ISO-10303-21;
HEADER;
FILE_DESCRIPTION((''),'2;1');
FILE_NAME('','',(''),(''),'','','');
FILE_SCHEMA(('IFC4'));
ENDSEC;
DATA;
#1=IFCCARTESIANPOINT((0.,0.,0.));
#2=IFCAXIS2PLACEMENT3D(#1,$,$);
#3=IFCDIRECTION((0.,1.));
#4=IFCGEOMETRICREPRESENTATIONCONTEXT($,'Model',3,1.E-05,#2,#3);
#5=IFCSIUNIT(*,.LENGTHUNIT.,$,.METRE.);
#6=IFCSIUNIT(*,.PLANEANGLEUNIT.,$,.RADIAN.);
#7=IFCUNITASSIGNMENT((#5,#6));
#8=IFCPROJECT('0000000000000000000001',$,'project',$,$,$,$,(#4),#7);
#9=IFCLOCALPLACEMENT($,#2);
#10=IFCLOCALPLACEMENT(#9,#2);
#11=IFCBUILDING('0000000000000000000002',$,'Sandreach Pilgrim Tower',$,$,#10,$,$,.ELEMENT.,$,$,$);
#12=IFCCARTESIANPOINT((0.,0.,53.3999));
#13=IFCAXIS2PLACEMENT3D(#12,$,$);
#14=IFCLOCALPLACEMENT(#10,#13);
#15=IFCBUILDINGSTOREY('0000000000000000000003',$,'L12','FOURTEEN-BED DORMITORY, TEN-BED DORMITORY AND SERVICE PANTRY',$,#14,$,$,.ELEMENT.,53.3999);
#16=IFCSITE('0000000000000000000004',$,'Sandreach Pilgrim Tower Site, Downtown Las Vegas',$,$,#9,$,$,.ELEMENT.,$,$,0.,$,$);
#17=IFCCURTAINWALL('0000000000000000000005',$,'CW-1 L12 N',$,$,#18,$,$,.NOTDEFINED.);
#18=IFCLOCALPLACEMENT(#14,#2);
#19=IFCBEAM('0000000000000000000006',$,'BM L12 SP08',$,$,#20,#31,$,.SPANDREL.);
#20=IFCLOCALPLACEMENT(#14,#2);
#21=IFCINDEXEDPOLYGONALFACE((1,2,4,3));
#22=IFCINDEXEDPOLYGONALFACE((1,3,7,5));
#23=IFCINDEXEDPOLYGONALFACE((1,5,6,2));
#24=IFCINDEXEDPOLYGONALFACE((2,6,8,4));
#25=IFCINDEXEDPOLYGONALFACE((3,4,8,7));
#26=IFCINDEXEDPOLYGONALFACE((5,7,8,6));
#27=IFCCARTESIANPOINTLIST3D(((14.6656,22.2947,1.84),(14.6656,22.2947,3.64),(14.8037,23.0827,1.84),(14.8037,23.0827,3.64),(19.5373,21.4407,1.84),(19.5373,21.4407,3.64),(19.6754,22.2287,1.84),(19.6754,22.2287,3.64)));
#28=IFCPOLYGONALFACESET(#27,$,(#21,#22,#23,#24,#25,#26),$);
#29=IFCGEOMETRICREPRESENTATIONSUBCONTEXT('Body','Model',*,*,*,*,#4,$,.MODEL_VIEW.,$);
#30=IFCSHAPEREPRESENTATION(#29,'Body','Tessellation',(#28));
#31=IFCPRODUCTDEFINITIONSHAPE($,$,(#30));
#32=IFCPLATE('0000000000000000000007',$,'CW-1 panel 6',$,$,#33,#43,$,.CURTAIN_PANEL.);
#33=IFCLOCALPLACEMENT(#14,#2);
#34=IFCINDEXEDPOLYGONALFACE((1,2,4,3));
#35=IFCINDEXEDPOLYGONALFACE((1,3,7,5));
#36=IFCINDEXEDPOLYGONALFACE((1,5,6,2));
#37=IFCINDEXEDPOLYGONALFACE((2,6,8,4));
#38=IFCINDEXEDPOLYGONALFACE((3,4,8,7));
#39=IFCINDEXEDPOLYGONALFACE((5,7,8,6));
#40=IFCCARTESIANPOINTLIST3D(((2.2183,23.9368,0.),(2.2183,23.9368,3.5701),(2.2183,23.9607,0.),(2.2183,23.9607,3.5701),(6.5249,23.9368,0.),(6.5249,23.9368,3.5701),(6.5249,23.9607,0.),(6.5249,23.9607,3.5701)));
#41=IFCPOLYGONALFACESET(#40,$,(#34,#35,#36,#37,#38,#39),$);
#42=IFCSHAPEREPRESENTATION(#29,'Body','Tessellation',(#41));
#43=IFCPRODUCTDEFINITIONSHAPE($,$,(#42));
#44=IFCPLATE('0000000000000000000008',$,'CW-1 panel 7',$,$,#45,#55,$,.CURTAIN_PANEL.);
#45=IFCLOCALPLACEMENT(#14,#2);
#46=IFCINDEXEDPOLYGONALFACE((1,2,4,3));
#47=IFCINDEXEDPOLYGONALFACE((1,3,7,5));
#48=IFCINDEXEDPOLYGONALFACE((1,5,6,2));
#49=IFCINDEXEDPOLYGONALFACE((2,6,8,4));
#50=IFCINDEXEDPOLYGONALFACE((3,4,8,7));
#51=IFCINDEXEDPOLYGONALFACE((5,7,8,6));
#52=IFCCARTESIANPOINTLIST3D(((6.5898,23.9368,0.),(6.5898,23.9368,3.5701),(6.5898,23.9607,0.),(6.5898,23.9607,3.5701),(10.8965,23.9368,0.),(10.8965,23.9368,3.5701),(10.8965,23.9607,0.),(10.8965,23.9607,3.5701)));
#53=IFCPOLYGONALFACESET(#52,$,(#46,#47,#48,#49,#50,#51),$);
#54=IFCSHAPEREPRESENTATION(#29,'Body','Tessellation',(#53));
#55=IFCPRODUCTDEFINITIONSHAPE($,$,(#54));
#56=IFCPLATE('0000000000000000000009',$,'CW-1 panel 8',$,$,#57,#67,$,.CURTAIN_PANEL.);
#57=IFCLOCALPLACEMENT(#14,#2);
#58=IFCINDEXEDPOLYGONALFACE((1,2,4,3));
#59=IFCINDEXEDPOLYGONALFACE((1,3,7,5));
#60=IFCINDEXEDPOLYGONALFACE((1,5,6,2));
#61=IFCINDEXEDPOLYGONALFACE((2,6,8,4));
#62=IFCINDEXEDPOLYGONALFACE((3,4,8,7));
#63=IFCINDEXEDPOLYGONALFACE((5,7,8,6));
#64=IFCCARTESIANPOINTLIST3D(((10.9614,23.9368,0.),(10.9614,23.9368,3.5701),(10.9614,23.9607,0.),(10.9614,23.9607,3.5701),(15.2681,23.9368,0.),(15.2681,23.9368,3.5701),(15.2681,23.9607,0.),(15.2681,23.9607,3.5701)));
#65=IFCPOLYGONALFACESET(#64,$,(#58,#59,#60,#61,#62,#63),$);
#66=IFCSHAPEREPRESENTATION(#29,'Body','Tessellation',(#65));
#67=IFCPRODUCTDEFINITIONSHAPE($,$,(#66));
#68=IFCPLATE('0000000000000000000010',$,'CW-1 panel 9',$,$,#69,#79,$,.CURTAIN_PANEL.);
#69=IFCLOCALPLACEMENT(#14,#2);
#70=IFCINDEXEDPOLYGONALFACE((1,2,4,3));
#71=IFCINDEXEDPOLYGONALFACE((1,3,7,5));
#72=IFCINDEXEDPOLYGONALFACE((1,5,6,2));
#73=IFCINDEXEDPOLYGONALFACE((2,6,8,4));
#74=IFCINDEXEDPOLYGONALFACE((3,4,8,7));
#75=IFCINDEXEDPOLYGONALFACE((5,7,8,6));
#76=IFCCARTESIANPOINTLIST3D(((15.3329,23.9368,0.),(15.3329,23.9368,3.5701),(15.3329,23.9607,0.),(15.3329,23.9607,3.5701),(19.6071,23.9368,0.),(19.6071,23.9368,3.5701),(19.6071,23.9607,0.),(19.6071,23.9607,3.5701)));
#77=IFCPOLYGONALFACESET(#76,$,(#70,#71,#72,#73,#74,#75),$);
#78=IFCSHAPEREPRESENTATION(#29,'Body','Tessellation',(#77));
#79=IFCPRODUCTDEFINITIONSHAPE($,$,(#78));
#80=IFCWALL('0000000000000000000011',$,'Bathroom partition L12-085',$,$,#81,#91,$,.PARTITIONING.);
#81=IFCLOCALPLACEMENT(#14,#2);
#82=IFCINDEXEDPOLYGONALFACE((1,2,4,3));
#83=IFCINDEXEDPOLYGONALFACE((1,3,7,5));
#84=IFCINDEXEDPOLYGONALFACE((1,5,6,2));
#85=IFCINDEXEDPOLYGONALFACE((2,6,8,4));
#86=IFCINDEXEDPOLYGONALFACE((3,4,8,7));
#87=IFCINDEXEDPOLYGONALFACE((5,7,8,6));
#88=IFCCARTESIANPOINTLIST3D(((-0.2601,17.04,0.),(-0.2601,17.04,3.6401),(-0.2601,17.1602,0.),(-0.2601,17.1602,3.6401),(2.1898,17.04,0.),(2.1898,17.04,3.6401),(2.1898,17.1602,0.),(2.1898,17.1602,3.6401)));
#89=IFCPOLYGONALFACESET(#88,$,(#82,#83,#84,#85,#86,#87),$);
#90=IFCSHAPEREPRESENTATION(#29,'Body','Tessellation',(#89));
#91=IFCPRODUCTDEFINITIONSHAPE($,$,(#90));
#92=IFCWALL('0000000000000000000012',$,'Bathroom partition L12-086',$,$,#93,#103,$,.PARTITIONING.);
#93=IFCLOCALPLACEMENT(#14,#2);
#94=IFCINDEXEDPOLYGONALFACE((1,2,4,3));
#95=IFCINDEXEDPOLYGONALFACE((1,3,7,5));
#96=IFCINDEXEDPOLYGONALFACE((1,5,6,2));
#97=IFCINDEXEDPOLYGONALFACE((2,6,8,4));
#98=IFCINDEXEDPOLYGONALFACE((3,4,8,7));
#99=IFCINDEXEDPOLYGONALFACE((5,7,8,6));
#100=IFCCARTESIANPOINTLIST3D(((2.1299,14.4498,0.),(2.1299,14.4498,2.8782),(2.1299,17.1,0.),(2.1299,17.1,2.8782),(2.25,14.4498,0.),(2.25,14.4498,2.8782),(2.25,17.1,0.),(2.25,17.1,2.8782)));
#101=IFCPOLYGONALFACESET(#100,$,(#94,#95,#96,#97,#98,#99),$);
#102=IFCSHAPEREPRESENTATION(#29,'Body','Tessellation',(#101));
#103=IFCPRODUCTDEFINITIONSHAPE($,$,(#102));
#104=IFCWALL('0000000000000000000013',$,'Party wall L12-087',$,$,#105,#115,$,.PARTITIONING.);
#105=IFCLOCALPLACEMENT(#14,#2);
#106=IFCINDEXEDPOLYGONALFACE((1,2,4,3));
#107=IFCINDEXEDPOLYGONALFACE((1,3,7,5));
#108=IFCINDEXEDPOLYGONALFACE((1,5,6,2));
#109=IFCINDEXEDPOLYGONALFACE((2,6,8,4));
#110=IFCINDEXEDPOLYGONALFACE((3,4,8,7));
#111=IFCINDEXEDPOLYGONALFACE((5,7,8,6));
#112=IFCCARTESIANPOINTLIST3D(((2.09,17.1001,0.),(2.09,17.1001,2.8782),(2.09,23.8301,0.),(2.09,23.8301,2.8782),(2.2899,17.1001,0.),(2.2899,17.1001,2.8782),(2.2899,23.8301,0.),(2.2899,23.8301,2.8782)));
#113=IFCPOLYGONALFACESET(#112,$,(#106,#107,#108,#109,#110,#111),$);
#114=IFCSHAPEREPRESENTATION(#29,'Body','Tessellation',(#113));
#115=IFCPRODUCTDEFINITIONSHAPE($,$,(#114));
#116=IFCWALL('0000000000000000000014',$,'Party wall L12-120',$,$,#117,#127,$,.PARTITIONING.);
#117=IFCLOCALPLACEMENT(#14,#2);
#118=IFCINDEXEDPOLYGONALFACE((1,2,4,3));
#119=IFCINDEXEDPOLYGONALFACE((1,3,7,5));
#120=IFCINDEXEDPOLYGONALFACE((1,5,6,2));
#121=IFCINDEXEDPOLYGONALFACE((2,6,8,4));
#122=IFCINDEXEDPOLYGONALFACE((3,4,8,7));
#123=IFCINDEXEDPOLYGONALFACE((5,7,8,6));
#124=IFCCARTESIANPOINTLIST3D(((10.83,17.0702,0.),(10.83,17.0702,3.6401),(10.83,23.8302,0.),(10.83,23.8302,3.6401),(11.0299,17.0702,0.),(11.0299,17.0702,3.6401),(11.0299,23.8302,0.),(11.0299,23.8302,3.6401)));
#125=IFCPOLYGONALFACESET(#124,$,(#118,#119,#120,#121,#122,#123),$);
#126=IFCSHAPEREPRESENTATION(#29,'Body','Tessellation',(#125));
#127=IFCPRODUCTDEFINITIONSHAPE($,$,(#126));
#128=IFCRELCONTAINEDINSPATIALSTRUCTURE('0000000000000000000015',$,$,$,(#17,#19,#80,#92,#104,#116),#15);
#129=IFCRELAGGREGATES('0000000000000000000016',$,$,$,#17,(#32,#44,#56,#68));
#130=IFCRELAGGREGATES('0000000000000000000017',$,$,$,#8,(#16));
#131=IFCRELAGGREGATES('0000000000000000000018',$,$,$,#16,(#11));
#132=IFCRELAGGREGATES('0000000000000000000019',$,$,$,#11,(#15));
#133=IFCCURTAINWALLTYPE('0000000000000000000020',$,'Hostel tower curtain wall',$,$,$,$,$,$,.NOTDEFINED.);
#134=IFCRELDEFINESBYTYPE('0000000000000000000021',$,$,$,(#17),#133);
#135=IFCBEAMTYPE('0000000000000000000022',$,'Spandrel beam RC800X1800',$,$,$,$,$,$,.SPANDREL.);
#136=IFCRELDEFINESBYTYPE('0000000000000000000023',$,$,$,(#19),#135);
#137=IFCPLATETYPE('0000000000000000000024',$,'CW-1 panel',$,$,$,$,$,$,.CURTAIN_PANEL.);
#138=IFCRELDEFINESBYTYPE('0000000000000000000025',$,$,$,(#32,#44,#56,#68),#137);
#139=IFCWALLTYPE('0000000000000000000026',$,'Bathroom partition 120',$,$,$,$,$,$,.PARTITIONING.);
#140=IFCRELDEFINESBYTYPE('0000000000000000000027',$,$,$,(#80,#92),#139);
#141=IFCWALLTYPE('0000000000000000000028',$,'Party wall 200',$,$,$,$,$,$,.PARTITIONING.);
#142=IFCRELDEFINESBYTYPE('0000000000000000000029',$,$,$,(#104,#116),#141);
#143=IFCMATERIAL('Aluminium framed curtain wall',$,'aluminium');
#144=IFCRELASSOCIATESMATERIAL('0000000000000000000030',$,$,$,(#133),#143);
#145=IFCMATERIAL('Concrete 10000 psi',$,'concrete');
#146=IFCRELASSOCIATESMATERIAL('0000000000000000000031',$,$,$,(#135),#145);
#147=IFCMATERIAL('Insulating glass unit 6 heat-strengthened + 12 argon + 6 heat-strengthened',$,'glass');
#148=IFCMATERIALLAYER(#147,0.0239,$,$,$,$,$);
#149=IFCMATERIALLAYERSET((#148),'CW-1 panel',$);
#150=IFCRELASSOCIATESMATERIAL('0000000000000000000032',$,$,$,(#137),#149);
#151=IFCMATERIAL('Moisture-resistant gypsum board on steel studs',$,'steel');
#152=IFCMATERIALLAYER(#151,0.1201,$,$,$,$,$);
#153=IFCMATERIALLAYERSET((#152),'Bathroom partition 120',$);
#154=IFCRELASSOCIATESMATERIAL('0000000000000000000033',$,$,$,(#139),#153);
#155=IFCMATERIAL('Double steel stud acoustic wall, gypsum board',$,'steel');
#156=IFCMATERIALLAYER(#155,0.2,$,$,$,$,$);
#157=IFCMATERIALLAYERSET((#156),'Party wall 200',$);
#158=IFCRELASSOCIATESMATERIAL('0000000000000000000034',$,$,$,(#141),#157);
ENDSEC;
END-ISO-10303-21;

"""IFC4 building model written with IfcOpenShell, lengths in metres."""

from ifc_helpers import new_model, si_unit, direction, frame, frame_2d, origin, origin_2d, place, context, subcontext, project, spatial, rectangle, extrude, material, layer, layer_set, material_profile, profile_set, type_object, element, aggregate, save


model = new_model("IFC4")

# Units and contexts
model_context = context("Model", 3, precision=1e-05, world=origin(), true_north=direction((0.0, 1.0)))
body_context = subcontext(model_context, "Body", "Model", "MODEL_VIEW")
ifc_project = project(units=[si_unit("LENGTHUNIT", "METRE"), si_unit("PLANEANGLEUNIT", "RADIAN")], contexts=[model_context])

# Site, building, storey
site_placement = place(None, origin())
site = spatial("IfcSite", under=ifc_project, at=site_placement, Name="Sandreach Pilgrim Tower Site, Downtown Las Vegas", CompositionType="ELEMENT", RefElevation=0.0)
building_placement = place(site_placement, origin())
building = spatial("IfcBuilding", under=site, at=building_placement, Name="Sandreach Pilgrim Tower", CompositionType="ELEMENT")
storey_placement = place(building_placement, frame((0.0, 0.0, 53.3999)))
storey = spatial("IfcBuildingStorey", under=building, at=storey_placement, Name="L12", Description="FOURTEEN-BED DORMITORY, TEN-BED DORMITORY AND SERVICE PANTRY", CompositionType="ELEMENT", Elevation=53.3999)

# Curtain wall
ifc_material_1 = material(Name="Aluminium framed curtain wall", Category="aluminium")
curtain_wall_type = type_object("IfcCurtainWallType", Name="Hostel tower curtain wall", PredefinedType="NOTDEFINED", material=ifc_material_1)
curtain_wall_placement = place(storey_placement, origin())
curtain_wall = element("IfcCurtainWall", 1, at=curtain_wall_placement, inside=storey, type_object=curtain_wall_type, Name="CW-1 L12 N", PredefinedType="NOTDEFINED")

# Beam
ifc_material_2 = material(Name="Concrete 10000 psi", Category="concrete")
ifc_material_profile_1 = material_profile(ifc_material_2, rectangle(XDim=0.8, YDim=1.8, at=origin_2d()), Name="RC800X1800")
ifc_profile_set_1 = profile_set([ifc_material_profile_1], Name="Concrete 10000 psi")
beam_type_1 = type_object("IfcBeamType", Name="Spandrel beam RC800X1800", PredefinedType="SPANDREL", material=ifc_profile_set_1)
beam_1_placement = place(storey_placement, frame((14.7346, 22.6887, 2.74), z_axis=(0.984981, -0.172662, 0.0), x_axis=(0.172662, 0.984981, 0.0)))
element("IfcBeam", 2, at=beam_1_placement, inside=storey, type_object=beam_type_1, Name="BM L12 SP08", PredefinedType="SPANDREL", context=body_context, shape_type="SweptSolid", body=[
    extrude(rectangle(XDim=0.8, YDim=1.8, at=origin_2d()), origin(), (0.0, 0.0, 1.0), 4.946),
])

# Plates
ifc_material_3 = material(Name="Insulating glass unit 6 heat-strengthened + 12 argon + 6 heat-strengthened", Category="glass")
ifc_layer_1 = layer(ifc_material_3, 0.0239)
ifc_layer_set_1 = layer_set([ifc_layer_1], Name="CW-1 panel")
plate_type = type_object("IfcPlateType", Name="CW-1 panel", PredefinedType="CURTAIN_PANEL", material=ifc_layer_set_1)
plate_1_placement = place(storey_placement, frame((4.3716, 23.9487, 0.0), z_axis=(0.0, 0.0, 1.0), x_axis=(1.0, 0.0, 0.0)))
plate_1 = element("IfcPlate", 3, at=plate_1_placement, type_object=plate_type, Name="CW-1 panel 6", PredefinedType="CURTAIN_PANEL", context=body_context, shape_type="SweptSolid", body=[
    extrude(rectangle(XDim=4.3066, YDim=0.0239, at=origin_2d()), origin(), (0.0, 0.0, 1.0), 3.5701),
])
plate_2_placement = place(storey_placement, frame((8.7432, 23.9487, 0.0), z_axis=(0.0, 0.0, 1.0), x_axis=(1.0, 0.0, 0.0)))
plate_2 = element("IfcPlate", 4, at=plate_2_placement, type_object=plate_type, Name="CW-1 panel 7", PredefinedType="CURTAIN_PANEL", context=body_context, shape_type="SweptSolid", body=[
    extrude(rectangle(XDim=4.3066, YDim=0.0239, at=origin_2d()), origin(), (0.0, 0.0, 1.0), 3.5701),
])
plate_3_placement = place(storey_placement, frame((13.1147, 23.9487, 0.0), z_axis=(0.0, 0.0, 1.0), x_axis=(1.0, 0.0, 0.0)))
plate_3 = element("IfcPlate", 5, at=plate_3_placement, type_object=plate_type, Name="CW-1 panel 8", PredefinedType="CURTAIN_PANEL", context=body_context, shape_type="SweptSolid", body=[
    extrude(rectangle(XDim=4.3066, YDim=0.0239, at=origin_2d()), origin(), (0.0, 0.0, 1.0), 3.5701),
])
plate_4_placement = place(storey_placement, frame((17.47, 23.9487, 0.0), z_axis=(0.0, 0.0, 1.0), x_axis=(1.0, 0.0, 0.0)))
plate_4 = element("IfcPlate", 6, at=plate_4_placement, type_object=plate_type, Name="CW-1 panel 9", PredefinedType="CURTAIN_PANEL", context=body_context, shape_type="SweptSolid", body=[
    extrude(rectangle(XDim=4.2742, YDim=0.0239, at=origin_2d()), origin(), (0.0, 0.0, 1.0), 3.5701),
])
aggregate(curtain_wall, [plate_1, plate_2, plate_3, plate_4])

# Walls
ifc_material_4 = material(Name="Moisture-resistant gypsum board on steel studs", Category="steel")
ifc_layer_2 = layer(ifc_material_4, 0.1201)
ifc_layer_set_2 = layer_set([ifc_layer_2], Name="Bathroom partition 120")
wall_type_1 = type_object("IfcWallType", Name="Bathroom partition 120", PredefinedType="PARTITIONING", material=ifc_layer_set_2)
wall_1_placement = place(storey_placement, frame((2.1899, 17.1001, 0.0), z_axis=(0.0, 0.0, 1.0), x_axis=(-1.0, 0.0, 0.0)))
element("IfcWall", 7, at=wall_1_placement, inside=storey, type_object=wall_type_1, Name="Bathroom partition L12-085", PredefinedType="PARTITIONING", context=body_context, shape_type="SweptSolid", body=[
    extrude(rectangle(XDim=2.45, YDim=0.1201, at=frame_2d((1.2251, 0.0))), origin(), (0.0, 0.0, 1.0), 3.6401),
])
wall_2_placement = place(storey_placement, frame((2.1899, 17.1001, 0.0), z_axis=(0.0, 0.0, 1.0), x_axis=(0.0, -1.0, 0.0)))
element("IfcWall", 8, at=wall_2_placement, inside=storey, type_object=wall_type_1, Name="Bathroom partition L12-086", PredefinedType="PARTITIONING", context=body_context, shape_type="SweptSolid", body=[
    extrude(rectangle(XDim=2.6501, YDim=0.1201, at=frame_2d((1.3252, 0.0))), origin(), (0.0, 0.0, 1.0), 2.8782),
])
ifc_material_5 = material(Name="Double steel stud acoustic wall, gypsum board", Category="steel")
ifc_layer_3 = layer(ifc_material_5, 0.2)
ifc_layer_set_3 = layer_set([ifc_layer_3], Name="Party wall 200")
wall_type_2 = type_object("IfcWallType", Name="Party wall 200", PredefinedType="PARTITIONING", material=ifc_layer_set_3)
wall_3_placement = place(storey_placement, frame((2.1899, 23.8301, 0.0), z_axis=(0.0, 0.0, 1.0), x_axis=(0.0, -1.0, 0.0)))
element("IfcWall", 9, at=wall_3_placement, inside=storey, type_object=wall_type_2, Name="Party wall L12-087", PredefinedType="PARTITIONING", context=body_context, shape_type="SweptSolid", body=[
    extrude(rectangle(XDim=6.73, YDim=0.2, at=frame_2d((3.365, 0.0))), origin(), (0.0, 0.0, 1.0), 2.8782),
])
wall_4_placement = place(storey_placement, frame((10.9299, 23.8301, 0.0), z_axis=(0.0, 0.0, 1.0), x_axis=(0.0, -1.0, 0.0)))
element("IfcWall", 10, at=wall_4_placement, inside=storey, type_object=wall_type_2, Name="Party wall L12-120", PredefinedType="PARTITIONING", context=body_context, shape_type="SweptSolid", body=[
    extrude(rectangle(XDim=6.76, YDim=0.2, at=frame_2d((3.3799, 0.0))), origin(), (0.0, 0.0, 1.0), 3.6401),
])

save(model, "model.ifc")
